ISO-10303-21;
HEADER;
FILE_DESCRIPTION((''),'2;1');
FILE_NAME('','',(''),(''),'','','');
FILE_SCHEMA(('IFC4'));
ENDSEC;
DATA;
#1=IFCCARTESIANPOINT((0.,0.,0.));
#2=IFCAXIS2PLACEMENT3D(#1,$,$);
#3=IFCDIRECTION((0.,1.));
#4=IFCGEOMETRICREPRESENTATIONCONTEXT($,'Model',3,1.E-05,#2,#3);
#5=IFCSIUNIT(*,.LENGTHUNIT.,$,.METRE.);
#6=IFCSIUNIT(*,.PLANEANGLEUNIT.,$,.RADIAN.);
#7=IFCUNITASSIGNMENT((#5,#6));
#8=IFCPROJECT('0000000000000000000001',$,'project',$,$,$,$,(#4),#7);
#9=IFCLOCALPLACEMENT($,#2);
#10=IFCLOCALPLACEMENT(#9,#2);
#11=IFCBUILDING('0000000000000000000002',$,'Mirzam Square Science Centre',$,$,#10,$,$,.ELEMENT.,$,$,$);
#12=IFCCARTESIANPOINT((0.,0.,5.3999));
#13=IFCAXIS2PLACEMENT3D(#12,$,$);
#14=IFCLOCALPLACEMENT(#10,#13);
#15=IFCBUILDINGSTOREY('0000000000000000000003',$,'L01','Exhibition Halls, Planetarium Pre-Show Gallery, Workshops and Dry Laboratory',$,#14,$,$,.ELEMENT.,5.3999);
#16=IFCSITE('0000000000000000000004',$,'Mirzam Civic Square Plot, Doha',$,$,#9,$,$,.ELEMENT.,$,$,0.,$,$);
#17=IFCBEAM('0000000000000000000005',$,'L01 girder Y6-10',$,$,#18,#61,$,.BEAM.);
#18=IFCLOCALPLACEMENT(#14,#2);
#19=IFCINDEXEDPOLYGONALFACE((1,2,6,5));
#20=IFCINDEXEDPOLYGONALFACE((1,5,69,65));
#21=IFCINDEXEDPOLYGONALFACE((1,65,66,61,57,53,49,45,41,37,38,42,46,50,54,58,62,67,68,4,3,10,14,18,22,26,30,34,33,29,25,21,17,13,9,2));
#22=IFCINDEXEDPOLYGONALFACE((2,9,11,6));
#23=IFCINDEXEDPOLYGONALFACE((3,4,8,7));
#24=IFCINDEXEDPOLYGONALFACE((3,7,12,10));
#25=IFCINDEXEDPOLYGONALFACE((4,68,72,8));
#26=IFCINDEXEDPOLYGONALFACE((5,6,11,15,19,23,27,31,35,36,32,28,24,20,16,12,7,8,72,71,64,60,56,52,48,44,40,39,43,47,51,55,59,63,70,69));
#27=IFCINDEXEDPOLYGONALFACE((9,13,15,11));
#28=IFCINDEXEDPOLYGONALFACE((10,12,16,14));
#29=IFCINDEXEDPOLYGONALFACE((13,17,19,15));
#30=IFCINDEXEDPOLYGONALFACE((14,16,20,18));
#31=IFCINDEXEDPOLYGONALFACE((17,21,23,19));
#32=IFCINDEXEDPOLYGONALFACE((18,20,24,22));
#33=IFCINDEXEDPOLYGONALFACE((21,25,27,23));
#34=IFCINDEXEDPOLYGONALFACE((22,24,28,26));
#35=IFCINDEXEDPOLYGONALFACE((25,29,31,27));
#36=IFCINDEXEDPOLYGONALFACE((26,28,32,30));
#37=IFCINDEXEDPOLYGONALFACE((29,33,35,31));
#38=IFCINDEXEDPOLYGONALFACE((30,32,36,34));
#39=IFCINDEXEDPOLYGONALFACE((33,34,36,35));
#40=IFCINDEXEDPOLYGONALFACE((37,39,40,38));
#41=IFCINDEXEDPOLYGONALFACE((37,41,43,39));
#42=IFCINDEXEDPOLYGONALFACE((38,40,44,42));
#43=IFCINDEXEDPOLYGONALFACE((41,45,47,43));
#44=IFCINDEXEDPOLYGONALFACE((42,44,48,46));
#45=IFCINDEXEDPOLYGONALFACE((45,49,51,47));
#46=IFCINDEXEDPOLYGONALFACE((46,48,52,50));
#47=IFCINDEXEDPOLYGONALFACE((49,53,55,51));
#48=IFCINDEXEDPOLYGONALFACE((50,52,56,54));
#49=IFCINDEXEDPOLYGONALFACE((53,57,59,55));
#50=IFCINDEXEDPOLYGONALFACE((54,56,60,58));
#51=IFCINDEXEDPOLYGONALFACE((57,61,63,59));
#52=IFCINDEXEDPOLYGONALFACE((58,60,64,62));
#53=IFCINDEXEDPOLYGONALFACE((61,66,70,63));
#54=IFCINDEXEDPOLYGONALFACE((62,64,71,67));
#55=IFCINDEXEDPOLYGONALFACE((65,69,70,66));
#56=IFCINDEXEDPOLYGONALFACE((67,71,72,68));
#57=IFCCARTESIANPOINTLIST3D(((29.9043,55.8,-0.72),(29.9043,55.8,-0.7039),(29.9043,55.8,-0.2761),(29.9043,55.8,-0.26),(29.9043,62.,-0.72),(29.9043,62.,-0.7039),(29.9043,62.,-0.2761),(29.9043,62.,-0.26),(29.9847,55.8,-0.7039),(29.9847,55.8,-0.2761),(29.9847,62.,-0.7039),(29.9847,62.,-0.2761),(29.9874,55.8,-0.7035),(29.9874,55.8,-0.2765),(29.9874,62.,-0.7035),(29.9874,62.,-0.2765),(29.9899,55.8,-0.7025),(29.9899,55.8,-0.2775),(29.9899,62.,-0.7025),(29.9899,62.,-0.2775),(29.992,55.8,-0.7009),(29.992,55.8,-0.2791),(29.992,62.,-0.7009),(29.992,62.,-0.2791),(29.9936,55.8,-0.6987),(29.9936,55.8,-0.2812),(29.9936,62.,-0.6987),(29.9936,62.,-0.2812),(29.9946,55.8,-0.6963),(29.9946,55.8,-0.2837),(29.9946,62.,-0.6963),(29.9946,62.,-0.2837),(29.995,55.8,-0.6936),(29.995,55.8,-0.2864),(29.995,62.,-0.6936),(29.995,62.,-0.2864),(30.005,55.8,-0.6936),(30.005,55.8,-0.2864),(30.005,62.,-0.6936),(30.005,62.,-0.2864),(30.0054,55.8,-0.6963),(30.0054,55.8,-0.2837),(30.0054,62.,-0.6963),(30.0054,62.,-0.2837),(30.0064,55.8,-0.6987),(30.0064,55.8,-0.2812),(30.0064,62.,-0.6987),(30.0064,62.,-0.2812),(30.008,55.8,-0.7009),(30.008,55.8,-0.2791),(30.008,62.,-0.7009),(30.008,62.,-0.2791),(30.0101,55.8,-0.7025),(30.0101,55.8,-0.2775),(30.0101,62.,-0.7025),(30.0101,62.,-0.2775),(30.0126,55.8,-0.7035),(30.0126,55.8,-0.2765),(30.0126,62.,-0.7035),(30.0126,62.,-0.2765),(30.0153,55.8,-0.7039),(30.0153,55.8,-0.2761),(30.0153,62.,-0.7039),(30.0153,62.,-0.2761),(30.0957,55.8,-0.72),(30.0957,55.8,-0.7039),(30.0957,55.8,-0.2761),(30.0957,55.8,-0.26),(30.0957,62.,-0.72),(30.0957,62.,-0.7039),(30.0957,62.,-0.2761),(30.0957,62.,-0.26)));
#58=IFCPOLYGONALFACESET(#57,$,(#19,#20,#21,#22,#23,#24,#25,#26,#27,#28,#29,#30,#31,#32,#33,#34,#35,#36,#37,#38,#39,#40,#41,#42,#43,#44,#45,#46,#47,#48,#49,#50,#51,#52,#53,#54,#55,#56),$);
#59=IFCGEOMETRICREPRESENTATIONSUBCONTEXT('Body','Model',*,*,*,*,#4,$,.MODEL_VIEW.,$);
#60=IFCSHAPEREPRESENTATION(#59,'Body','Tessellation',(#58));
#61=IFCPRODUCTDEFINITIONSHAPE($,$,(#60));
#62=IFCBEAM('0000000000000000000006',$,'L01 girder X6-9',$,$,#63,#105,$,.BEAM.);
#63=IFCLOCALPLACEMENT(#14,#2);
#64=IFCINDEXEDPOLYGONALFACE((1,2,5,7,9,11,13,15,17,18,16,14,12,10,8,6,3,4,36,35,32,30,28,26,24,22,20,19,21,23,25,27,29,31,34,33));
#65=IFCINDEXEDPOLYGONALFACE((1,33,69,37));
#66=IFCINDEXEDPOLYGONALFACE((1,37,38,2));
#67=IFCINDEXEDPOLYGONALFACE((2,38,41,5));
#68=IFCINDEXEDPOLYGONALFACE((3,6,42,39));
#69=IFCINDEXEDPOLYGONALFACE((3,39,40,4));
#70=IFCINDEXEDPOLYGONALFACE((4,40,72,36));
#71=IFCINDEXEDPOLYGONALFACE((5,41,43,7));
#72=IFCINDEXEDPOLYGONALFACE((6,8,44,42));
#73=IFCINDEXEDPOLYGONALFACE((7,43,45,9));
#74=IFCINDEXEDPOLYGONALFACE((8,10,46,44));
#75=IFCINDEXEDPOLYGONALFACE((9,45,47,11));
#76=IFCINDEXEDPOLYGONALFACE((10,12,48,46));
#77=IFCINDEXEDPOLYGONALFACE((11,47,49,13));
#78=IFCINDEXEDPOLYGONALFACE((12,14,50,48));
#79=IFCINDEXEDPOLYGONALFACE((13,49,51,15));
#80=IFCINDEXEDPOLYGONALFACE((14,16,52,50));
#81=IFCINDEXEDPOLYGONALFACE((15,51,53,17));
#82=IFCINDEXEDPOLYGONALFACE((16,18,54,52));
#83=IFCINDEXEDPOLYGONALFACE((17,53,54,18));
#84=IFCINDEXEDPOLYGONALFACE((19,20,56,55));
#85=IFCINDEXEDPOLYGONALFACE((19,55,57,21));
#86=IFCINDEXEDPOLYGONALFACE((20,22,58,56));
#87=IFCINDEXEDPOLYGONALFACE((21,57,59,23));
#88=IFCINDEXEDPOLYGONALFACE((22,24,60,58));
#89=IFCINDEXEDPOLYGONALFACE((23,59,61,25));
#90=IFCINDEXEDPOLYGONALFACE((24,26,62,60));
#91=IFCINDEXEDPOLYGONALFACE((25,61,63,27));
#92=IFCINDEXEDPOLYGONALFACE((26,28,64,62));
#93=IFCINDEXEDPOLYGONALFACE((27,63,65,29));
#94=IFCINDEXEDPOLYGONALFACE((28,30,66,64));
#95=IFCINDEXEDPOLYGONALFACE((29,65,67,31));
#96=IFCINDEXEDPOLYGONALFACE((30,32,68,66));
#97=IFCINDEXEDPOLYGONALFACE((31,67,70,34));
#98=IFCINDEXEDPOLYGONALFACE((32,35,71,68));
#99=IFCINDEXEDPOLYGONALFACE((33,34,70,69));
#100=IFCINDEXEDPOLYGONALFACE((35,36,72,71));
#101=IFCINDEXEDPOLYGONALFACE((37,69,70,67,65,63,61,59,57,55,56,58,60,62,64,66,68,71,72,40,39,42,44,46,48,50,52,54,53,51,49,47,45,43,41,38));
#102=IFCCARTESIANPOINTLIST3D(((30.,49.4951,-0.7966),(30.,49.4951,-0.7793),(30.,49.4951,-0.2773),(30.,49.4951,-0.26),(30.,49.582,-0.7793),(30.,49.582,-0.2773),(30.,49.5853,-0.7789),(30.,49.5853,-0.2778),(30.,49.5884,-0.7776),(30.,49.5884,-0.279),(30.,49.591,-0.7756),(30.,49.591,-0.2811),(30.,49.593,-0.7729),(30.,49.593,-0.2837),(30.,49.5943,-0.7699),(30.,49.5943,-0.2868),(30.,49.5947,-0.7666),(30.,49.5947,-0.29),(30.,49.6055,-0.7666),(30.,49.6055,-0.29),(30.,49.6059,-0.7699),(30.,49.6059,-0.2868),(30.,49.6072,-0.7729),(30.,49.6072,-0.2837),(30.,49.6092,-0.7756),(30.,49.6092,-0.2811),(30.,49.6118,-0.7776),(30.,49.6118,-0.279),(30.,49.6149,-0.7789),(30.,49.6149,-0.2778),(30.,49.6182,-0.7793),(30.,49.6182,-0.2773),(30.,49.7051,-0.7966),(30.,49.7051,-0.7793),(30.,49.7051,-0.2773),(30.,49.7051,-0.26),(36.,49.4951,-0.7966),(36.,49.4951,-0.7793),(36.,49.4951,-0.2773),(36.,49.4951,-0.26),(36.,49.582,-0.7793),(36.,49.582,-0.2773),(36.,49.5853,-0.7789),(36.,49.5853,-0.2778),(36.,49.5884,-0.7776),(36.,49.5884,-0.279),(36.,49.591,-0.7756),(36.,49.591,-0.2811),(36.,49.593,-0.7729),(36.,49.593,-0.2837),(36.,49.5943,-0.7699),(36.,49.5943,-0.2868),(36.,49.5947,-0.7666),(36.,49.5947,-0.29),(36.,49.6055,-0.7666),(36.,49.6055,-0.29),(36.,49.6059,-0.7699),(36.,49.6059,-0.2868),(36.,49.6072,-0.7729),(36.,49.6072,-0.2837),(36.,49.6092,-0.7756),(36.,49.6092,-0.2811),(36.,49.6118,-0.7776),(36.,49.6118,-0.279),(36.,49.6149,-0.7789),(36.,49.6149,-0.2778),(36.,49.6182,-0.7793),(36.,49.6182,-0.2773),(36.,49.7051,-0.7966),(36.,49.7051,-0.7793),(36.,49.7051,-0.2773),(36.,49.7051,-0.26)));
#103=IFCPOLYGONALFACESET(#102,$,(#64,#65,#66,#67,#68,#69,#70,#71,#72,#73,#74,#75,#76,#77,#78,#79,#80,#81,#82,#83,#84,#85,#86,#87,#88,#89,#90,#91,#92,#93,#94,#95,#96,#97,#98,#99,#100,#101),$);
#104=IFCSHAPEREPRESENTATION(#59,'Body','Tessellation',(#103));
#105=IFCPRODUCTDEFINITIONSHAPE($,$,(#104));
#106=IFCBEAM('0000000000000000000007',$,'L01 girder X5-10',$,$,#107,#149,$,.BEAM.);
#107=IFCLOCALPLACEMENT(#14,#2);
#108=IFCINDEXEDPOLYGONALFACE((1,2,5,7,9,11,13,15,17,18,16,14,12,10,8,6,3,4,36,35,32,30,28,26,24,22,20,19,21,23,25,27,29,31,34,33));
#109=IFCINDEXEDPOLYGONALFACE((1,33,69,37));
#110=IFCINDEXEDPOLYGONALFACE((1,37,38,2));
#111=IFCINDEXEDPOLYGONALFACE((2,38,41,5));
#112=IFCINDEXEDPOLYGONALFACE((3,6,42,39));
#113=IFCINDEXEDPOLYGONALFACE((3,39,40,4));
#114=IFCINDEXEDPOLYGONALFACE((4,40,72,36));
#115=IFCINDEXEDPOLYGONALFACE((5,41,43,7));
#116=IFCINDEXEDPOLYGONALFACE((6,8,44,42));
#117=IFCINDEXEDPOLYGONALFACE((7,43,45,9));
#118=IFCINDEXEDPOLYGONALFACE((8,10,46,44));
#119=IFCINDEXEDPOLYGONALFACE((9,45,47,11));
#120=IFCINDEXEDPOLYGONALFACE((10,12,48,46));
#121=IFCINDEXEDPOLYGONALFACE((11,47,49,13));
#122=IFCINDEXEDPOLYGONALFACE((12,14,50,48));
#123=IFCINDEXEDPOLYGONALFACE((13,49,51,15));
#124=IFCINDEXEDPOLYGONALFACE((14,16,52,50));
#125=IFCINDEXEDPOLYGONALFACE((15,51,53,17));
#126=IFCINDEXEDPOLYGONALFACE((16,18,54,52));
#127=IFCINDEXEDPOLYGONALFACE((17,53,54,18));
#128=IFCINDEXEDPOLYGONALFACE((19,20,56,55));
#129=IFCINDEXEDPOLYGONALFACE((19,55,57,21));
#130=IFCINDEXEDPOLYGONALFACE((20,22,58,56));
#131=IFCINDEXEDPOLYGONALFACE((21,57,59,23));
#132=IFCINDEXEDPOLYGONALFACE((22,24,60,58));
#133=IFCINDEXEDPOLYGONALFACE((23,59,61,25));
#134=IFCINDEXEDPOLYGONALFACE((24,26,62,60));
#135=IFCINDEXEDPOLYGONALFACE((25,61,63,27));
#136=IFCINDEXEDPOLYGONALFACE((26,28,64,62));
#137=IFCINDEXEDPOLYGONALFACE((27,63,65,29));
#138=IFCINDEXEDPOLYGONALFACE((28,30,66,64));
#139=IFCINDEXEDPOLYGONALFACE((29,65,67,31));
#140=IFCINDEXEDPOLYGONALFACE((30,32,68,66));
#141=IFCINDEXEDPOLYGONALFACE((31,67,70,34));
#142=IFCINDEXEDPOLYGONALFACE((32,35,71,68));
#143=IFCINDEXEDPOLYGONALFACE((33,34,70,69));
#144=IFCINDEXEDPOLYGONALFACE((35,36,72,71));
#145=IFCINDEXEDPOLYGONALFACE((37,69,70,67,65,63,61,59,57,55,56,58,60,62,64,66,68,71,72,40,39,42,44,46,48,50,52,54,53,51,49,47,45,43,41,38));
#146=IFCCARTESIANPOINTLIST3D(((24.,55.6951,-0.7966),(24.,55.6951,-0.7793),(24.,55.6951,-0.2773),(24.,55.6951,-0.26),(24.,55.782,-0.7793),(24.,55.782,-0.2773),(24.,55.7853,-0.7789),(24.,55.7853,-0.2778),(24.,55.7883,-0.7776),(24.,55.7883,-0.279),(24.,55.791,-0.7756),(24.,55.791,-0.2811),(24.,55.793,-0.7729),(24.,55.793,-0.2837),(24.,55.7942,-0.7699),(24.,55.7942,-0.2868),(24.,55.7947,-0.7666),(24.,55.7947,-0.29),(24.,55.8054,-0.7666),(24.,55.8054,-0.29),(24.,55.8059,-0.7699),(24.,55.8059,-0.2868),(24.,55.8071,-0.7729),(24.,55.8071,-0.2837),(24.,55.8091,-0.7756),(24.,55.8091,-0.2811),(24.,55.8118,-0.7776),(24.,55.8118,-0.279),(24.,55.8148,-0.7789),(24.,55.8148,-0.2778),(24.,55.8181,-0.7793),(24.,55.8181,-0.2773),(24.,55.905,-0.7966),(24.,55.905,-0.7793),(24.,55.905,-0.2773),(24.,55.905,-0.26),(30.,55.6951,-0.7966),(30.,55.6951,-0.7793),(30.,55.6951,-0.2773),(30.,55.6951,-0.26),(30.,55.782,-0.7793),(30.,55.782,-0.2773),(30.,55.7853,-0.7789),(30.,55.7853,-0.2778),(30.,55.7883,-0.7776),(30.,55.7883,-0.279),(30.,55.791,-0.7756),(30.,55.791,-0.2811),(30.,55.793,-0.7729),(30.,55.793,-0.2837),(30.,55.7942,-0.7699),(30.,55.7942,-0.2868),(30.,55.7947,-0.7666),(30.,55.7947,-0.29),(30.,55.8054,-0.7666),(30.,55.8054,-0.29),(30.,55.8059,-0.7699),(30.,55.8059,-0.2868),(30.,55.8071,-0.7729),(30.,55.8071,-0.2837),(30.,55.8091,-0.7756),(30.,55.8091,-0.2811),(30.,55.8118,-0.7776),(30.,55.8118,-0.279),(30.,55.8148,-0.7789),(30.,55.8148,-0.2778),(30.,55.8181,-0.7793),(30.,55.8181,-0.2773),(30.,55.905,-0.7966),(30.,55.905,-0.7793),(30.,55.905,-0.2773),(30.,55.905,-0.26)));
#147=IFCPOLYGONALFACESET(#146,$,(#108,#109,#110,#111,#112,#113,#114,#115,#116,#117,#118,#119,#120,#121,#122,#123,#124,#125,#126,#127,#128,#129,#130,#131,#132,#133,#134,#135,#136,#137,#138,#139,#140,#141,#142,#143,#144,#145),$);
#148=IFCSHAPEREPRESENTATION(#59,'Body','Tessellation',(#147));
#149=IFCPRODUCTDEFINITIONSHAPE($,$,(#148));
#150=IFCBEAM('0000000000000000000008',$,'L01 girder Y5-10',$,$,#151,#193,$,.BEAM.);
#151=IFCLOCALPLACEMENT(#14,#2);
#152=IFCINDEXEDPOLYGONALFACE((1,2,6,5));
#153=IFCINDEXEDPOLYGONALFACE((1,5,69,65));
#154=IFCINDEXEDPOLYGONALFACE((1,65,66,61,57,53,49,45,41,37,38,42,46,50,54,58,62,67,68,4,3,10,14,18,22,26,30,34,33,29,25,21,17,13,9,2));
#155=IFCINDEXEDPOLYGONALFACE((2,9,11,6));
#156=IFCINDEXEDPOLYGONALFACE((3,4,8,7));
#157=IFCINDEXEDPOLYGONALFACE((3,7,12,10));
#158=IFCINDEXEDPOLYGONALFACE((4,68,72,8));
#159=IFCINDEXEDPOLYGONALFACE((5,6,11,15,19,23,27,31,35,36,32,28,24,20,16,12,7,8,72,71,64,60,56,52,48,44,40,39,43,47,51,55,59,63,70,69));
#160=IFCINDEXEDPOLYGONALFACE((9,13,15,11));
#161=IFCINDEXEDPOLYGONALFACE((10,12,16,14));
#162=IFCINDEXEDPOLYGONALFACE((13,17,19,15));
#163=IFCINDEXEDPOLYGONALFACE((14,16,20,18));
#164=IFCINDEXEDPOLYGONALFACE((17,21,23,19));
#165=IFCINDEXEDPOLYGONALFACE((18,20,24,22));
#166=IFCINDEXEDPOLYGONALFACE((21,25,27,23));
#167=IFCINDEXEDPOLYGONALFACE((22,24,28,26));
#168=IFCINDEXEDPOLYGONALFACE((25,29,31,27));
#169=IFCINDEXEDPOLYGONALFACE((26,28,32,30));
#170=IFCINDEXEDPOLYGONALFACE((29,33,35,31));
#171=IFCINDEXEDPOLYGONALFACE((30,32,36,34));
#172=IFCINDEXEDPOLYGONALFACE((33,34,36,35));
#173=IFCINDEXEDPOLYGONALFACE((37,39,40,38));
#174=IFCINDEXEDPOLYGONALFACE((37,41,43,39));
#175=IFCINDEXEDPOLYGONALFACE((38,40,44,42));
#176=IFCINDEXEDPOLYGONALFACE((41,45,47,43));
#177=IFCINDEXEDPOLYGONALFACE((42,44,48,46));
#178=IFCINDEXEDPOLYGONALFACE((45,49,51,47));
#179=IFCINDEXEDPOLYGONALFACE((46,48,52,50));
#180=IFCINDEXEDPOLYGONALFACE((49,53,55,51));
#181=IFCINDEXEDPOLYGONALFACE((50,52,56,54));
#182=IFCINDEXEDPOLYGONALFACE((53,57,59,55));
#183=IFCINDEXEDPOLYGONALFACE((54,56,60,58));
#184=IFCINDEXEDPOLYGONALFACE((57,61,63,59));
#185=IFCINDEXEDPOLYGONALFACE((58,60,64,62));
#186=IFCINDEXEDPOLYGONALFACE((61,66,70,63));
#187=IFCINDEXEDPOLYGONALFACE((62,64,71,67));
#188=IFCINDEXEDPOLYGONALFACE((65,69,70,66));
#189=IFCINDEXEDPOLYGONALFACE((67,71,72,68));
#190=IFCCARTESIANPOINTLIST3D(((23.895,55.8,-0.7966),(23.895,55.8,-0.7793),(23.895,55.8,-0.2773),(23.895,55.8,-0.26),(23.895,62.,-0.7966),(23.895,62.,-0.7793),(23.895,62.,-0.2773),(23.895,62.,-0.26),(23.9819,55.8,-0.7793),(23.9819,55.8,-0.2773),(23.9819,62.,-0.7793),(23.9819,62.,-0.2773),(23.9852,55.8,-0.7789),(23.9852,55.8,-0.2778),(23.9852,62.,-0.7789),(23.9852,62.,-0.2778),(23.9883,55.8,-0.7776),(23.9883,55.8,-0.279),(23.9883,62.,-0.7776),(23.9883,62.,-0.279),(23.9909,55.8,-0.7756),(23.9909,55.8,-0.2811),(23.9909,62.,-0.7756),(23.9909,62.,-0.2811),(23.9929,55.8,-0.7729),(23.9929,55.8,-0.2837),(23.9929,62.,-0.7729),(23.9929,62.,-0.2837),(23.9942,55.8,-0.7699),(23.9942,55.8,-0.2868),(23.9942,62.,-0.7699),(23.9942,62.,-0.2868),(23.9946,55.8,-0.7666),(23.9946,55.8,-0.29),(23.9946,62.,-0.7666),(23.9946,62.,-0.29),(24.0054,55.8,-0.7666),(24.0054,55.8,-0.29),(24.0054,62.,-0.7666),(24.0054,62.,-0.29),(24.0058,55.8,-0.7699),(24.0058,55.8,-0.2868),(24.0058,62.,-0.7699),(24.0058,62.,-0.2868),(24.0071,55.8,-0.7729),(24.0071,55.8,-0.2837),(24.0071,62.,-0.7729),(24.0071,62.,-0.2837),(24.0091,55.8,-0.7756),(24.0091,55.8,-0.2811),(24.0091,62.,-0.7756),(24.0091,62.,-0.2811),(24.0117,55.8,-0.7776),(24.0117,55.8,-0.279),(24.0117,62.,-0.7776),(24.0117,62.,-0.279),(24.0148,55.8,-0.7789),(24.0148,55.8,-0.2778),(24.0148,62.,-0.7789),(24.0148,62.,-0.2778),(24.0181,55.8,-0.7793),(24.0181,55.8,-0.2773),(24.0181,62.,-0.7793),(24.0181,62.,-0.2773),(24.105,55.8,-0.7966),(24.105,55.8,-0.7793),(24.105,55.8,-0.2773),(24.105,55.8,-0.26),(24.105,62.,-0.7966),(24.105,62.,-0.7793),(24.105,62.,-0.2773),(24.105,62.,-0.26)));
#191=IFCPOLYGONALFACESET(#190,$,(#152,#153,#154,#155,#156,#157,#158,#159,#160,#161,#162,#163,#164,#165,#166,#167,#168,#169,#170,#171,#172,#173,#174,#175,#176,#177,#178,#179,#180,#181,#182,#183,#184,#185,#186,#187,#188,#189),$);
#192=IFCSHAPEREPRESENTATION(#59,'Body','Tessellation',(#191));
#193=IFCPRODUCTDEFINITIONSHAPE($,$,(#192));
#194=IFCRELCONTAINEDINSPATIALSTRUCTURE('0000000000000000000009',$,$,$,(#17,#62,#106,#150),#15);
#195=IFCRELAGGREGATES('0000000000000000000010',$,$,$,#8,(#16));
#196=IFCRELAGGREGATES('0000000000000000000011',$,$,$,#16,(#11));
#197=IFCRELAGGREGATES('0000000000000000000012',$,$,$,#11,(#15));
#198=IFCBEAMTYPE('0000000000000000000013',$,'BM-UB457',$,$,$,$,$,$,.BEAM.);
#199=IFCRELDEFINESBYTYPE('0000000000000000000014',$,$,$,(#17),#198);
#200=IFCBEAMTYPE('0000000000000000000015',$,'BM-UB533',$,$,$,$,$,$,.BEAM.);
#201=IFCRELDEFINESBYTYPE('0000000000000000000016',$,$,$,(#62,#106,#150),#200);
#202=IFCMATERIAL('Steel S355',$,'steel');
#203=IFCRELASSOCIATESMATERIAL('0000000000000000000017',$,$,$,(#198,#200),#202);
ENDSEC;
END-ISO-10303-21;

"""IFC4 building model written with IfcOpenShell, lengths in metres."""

from ifc_helpers import new_model, si_unit, direction, frame, origin, origin_2d, place, context, subcontext, project, spatial, i_section, extrude, material, material_profile, profile_set, type_object, element, save


model = new_model("IFC4")

# Units and contexts
model_context = context("Model", 3, precision=1e-05, world=origin(), true_north=direction((0.0, 1.0)))
body_context = subcontext(model_context, "Body", "Model", "MODEL_VIEW")
ifc_project = project(units=[si_unit("LENGTHUNIT", "METRE"), si_unit("PLANEANGLEUNIT", "RADIAN")], contexts=[model_context])

# Site, building, storey
site_placement = place(None, origin())
site = spatial("IfcSite", under=ifc_project, at=site_placement, Name="Mirzam Civic Square Plot, Doha", CompositionType="ELEMENT", RefElevation=0.0)
building_placement = place(site_placement, origin())
building = spatial("IfcBuilding", under=site, at=building_placement, Name="Mirzam Square Science Centre", CompositionType="ELEMENT")
storey_placement = place(building_placement, frame((0.0, 0.0, 5.3999)))
storey = spatial("IfcBuildingStorey", under=building, at=storey_placement, Name="L01", Description="Exhibition Halls, Planetarium Pre-Show Gallery, Workshops and Dry Laboratory", CompositionType="ELEMENT", Elevation=5.3999)

# Shared definitions
ifc_material_1 = material(Name="Steel S355", Category="steel")

# Beams
ifc_material_profile_1 = material_profile(ifc_material_1, i_section(OverallWidth=0.1914, OverallDepth=0.46, WebThickness=0.01, FlangeThickness=0.0161, FilletRadius=0.0103, at=origin_2d()), Name="457x191x82UB")
ifc_profile_set_1 = profile_set([ifc_material_profile_1], Name="Steel S355")
beam_type_1 = type_object("IfcBeamType", Name="BM-UB457", PredefinedType="BEAM", material=ifc_profile_set_1)
beam_1_placement = place(storey_placement, frame((30.0, 55.8, -0.49), z_axis=(0.0, 1.0, 0.0), x_axis=(-1.0, 0.0, 0.0)))
element("IfcBeam", 1, at=beam_1_placement, inside=storey, type_object=beam_type_1, Name="L01 girder Y6-10", PredefinedType="BEAM", context=body_context, shape_type="SweptSolid", body=[
    extrude(i_section(OverallWidth=0.1914, OverallDepth=0.46, WebThickness=0.01, FlangeThickness=0.0161, FilletRadius=0.0103, at=origin_2d()), origin(), (0.0, 0.0, 1.0), 6.2),
])
ifc_material_profile_2 = material_profile(ifc_material_1, i_section(OverallWidth=0.21, OverallDepth=0.5366, WebThickness=0.0107, FlangeThickness=0.0173, FilletRadius=0.0127, at=origin_2d()), Name="533x210x101UB")
ifc_profile_set_2 = profile_set([ifc_material_profile_2], Name="Steel S355")
beam_type_2 = type_object("IfcBeamType", Name="BM-UB533", PredefinedType="BEAM", material=ifc_profile_set_2)
for number, where, z_axis, x_axis, name in (
    (2, (30.0, 49.6001, -0.5283), (1.0, 0.0, 0.0), (0.0, 1.0, 0.0), "L01 girder X6-9"),
    (3, (24.0, 55.8, -0.5283), (1.0, 0.0, 0.0), (0.0, 1.0, 0.0), "L01 girder X5-10"),
):
    element("IfcBeam", number, at=place(storey_placement, frame(where, z_axis=z_axis, x_axis=x_axis)), inside=storey, type_object=beam_type_2, Name=name, PredefinedType="BEAM", context=body_context, shape_type="SweptSolid", body=[
        extrude(i_section(OverallWidth=0.21, OverallDepth=0.5366, WebThickness=0.0107, FlangeThickness=0.0173, FilletRadius=0.0127, at=origin_2d()), origin(), (0.0, 0.0, 1.0), 6.0),
    ])
for number, where, z_axis, x_axis, name in (
    (4, (24.0, 55.8, -0.5283), (0.0, 1.0, 0.0), (-1.0, 0.0, 0.0), "L01 girder Y5-10"),
):
    element("IfcBeam", number, at=place(storey_placement, frame(where, z_axis=z_axis, x_axis=x_axis)), inside=storey, type_object=beam_type_2, Name=name, PredefinedType="BEAM", context=body_context, shape_type="SweptSolid", body=[
        extrude(i_section(OverallWidth=0.21, OverallDepth=0.5366, WebThickness=0.0107, FlangeThickness=0.0173, FilletRadius=0.0127, at=origin_2d()), origin(), (0.0, 0.0, 1.0), 6.2),
    ])

save(model, "model.ifc")
